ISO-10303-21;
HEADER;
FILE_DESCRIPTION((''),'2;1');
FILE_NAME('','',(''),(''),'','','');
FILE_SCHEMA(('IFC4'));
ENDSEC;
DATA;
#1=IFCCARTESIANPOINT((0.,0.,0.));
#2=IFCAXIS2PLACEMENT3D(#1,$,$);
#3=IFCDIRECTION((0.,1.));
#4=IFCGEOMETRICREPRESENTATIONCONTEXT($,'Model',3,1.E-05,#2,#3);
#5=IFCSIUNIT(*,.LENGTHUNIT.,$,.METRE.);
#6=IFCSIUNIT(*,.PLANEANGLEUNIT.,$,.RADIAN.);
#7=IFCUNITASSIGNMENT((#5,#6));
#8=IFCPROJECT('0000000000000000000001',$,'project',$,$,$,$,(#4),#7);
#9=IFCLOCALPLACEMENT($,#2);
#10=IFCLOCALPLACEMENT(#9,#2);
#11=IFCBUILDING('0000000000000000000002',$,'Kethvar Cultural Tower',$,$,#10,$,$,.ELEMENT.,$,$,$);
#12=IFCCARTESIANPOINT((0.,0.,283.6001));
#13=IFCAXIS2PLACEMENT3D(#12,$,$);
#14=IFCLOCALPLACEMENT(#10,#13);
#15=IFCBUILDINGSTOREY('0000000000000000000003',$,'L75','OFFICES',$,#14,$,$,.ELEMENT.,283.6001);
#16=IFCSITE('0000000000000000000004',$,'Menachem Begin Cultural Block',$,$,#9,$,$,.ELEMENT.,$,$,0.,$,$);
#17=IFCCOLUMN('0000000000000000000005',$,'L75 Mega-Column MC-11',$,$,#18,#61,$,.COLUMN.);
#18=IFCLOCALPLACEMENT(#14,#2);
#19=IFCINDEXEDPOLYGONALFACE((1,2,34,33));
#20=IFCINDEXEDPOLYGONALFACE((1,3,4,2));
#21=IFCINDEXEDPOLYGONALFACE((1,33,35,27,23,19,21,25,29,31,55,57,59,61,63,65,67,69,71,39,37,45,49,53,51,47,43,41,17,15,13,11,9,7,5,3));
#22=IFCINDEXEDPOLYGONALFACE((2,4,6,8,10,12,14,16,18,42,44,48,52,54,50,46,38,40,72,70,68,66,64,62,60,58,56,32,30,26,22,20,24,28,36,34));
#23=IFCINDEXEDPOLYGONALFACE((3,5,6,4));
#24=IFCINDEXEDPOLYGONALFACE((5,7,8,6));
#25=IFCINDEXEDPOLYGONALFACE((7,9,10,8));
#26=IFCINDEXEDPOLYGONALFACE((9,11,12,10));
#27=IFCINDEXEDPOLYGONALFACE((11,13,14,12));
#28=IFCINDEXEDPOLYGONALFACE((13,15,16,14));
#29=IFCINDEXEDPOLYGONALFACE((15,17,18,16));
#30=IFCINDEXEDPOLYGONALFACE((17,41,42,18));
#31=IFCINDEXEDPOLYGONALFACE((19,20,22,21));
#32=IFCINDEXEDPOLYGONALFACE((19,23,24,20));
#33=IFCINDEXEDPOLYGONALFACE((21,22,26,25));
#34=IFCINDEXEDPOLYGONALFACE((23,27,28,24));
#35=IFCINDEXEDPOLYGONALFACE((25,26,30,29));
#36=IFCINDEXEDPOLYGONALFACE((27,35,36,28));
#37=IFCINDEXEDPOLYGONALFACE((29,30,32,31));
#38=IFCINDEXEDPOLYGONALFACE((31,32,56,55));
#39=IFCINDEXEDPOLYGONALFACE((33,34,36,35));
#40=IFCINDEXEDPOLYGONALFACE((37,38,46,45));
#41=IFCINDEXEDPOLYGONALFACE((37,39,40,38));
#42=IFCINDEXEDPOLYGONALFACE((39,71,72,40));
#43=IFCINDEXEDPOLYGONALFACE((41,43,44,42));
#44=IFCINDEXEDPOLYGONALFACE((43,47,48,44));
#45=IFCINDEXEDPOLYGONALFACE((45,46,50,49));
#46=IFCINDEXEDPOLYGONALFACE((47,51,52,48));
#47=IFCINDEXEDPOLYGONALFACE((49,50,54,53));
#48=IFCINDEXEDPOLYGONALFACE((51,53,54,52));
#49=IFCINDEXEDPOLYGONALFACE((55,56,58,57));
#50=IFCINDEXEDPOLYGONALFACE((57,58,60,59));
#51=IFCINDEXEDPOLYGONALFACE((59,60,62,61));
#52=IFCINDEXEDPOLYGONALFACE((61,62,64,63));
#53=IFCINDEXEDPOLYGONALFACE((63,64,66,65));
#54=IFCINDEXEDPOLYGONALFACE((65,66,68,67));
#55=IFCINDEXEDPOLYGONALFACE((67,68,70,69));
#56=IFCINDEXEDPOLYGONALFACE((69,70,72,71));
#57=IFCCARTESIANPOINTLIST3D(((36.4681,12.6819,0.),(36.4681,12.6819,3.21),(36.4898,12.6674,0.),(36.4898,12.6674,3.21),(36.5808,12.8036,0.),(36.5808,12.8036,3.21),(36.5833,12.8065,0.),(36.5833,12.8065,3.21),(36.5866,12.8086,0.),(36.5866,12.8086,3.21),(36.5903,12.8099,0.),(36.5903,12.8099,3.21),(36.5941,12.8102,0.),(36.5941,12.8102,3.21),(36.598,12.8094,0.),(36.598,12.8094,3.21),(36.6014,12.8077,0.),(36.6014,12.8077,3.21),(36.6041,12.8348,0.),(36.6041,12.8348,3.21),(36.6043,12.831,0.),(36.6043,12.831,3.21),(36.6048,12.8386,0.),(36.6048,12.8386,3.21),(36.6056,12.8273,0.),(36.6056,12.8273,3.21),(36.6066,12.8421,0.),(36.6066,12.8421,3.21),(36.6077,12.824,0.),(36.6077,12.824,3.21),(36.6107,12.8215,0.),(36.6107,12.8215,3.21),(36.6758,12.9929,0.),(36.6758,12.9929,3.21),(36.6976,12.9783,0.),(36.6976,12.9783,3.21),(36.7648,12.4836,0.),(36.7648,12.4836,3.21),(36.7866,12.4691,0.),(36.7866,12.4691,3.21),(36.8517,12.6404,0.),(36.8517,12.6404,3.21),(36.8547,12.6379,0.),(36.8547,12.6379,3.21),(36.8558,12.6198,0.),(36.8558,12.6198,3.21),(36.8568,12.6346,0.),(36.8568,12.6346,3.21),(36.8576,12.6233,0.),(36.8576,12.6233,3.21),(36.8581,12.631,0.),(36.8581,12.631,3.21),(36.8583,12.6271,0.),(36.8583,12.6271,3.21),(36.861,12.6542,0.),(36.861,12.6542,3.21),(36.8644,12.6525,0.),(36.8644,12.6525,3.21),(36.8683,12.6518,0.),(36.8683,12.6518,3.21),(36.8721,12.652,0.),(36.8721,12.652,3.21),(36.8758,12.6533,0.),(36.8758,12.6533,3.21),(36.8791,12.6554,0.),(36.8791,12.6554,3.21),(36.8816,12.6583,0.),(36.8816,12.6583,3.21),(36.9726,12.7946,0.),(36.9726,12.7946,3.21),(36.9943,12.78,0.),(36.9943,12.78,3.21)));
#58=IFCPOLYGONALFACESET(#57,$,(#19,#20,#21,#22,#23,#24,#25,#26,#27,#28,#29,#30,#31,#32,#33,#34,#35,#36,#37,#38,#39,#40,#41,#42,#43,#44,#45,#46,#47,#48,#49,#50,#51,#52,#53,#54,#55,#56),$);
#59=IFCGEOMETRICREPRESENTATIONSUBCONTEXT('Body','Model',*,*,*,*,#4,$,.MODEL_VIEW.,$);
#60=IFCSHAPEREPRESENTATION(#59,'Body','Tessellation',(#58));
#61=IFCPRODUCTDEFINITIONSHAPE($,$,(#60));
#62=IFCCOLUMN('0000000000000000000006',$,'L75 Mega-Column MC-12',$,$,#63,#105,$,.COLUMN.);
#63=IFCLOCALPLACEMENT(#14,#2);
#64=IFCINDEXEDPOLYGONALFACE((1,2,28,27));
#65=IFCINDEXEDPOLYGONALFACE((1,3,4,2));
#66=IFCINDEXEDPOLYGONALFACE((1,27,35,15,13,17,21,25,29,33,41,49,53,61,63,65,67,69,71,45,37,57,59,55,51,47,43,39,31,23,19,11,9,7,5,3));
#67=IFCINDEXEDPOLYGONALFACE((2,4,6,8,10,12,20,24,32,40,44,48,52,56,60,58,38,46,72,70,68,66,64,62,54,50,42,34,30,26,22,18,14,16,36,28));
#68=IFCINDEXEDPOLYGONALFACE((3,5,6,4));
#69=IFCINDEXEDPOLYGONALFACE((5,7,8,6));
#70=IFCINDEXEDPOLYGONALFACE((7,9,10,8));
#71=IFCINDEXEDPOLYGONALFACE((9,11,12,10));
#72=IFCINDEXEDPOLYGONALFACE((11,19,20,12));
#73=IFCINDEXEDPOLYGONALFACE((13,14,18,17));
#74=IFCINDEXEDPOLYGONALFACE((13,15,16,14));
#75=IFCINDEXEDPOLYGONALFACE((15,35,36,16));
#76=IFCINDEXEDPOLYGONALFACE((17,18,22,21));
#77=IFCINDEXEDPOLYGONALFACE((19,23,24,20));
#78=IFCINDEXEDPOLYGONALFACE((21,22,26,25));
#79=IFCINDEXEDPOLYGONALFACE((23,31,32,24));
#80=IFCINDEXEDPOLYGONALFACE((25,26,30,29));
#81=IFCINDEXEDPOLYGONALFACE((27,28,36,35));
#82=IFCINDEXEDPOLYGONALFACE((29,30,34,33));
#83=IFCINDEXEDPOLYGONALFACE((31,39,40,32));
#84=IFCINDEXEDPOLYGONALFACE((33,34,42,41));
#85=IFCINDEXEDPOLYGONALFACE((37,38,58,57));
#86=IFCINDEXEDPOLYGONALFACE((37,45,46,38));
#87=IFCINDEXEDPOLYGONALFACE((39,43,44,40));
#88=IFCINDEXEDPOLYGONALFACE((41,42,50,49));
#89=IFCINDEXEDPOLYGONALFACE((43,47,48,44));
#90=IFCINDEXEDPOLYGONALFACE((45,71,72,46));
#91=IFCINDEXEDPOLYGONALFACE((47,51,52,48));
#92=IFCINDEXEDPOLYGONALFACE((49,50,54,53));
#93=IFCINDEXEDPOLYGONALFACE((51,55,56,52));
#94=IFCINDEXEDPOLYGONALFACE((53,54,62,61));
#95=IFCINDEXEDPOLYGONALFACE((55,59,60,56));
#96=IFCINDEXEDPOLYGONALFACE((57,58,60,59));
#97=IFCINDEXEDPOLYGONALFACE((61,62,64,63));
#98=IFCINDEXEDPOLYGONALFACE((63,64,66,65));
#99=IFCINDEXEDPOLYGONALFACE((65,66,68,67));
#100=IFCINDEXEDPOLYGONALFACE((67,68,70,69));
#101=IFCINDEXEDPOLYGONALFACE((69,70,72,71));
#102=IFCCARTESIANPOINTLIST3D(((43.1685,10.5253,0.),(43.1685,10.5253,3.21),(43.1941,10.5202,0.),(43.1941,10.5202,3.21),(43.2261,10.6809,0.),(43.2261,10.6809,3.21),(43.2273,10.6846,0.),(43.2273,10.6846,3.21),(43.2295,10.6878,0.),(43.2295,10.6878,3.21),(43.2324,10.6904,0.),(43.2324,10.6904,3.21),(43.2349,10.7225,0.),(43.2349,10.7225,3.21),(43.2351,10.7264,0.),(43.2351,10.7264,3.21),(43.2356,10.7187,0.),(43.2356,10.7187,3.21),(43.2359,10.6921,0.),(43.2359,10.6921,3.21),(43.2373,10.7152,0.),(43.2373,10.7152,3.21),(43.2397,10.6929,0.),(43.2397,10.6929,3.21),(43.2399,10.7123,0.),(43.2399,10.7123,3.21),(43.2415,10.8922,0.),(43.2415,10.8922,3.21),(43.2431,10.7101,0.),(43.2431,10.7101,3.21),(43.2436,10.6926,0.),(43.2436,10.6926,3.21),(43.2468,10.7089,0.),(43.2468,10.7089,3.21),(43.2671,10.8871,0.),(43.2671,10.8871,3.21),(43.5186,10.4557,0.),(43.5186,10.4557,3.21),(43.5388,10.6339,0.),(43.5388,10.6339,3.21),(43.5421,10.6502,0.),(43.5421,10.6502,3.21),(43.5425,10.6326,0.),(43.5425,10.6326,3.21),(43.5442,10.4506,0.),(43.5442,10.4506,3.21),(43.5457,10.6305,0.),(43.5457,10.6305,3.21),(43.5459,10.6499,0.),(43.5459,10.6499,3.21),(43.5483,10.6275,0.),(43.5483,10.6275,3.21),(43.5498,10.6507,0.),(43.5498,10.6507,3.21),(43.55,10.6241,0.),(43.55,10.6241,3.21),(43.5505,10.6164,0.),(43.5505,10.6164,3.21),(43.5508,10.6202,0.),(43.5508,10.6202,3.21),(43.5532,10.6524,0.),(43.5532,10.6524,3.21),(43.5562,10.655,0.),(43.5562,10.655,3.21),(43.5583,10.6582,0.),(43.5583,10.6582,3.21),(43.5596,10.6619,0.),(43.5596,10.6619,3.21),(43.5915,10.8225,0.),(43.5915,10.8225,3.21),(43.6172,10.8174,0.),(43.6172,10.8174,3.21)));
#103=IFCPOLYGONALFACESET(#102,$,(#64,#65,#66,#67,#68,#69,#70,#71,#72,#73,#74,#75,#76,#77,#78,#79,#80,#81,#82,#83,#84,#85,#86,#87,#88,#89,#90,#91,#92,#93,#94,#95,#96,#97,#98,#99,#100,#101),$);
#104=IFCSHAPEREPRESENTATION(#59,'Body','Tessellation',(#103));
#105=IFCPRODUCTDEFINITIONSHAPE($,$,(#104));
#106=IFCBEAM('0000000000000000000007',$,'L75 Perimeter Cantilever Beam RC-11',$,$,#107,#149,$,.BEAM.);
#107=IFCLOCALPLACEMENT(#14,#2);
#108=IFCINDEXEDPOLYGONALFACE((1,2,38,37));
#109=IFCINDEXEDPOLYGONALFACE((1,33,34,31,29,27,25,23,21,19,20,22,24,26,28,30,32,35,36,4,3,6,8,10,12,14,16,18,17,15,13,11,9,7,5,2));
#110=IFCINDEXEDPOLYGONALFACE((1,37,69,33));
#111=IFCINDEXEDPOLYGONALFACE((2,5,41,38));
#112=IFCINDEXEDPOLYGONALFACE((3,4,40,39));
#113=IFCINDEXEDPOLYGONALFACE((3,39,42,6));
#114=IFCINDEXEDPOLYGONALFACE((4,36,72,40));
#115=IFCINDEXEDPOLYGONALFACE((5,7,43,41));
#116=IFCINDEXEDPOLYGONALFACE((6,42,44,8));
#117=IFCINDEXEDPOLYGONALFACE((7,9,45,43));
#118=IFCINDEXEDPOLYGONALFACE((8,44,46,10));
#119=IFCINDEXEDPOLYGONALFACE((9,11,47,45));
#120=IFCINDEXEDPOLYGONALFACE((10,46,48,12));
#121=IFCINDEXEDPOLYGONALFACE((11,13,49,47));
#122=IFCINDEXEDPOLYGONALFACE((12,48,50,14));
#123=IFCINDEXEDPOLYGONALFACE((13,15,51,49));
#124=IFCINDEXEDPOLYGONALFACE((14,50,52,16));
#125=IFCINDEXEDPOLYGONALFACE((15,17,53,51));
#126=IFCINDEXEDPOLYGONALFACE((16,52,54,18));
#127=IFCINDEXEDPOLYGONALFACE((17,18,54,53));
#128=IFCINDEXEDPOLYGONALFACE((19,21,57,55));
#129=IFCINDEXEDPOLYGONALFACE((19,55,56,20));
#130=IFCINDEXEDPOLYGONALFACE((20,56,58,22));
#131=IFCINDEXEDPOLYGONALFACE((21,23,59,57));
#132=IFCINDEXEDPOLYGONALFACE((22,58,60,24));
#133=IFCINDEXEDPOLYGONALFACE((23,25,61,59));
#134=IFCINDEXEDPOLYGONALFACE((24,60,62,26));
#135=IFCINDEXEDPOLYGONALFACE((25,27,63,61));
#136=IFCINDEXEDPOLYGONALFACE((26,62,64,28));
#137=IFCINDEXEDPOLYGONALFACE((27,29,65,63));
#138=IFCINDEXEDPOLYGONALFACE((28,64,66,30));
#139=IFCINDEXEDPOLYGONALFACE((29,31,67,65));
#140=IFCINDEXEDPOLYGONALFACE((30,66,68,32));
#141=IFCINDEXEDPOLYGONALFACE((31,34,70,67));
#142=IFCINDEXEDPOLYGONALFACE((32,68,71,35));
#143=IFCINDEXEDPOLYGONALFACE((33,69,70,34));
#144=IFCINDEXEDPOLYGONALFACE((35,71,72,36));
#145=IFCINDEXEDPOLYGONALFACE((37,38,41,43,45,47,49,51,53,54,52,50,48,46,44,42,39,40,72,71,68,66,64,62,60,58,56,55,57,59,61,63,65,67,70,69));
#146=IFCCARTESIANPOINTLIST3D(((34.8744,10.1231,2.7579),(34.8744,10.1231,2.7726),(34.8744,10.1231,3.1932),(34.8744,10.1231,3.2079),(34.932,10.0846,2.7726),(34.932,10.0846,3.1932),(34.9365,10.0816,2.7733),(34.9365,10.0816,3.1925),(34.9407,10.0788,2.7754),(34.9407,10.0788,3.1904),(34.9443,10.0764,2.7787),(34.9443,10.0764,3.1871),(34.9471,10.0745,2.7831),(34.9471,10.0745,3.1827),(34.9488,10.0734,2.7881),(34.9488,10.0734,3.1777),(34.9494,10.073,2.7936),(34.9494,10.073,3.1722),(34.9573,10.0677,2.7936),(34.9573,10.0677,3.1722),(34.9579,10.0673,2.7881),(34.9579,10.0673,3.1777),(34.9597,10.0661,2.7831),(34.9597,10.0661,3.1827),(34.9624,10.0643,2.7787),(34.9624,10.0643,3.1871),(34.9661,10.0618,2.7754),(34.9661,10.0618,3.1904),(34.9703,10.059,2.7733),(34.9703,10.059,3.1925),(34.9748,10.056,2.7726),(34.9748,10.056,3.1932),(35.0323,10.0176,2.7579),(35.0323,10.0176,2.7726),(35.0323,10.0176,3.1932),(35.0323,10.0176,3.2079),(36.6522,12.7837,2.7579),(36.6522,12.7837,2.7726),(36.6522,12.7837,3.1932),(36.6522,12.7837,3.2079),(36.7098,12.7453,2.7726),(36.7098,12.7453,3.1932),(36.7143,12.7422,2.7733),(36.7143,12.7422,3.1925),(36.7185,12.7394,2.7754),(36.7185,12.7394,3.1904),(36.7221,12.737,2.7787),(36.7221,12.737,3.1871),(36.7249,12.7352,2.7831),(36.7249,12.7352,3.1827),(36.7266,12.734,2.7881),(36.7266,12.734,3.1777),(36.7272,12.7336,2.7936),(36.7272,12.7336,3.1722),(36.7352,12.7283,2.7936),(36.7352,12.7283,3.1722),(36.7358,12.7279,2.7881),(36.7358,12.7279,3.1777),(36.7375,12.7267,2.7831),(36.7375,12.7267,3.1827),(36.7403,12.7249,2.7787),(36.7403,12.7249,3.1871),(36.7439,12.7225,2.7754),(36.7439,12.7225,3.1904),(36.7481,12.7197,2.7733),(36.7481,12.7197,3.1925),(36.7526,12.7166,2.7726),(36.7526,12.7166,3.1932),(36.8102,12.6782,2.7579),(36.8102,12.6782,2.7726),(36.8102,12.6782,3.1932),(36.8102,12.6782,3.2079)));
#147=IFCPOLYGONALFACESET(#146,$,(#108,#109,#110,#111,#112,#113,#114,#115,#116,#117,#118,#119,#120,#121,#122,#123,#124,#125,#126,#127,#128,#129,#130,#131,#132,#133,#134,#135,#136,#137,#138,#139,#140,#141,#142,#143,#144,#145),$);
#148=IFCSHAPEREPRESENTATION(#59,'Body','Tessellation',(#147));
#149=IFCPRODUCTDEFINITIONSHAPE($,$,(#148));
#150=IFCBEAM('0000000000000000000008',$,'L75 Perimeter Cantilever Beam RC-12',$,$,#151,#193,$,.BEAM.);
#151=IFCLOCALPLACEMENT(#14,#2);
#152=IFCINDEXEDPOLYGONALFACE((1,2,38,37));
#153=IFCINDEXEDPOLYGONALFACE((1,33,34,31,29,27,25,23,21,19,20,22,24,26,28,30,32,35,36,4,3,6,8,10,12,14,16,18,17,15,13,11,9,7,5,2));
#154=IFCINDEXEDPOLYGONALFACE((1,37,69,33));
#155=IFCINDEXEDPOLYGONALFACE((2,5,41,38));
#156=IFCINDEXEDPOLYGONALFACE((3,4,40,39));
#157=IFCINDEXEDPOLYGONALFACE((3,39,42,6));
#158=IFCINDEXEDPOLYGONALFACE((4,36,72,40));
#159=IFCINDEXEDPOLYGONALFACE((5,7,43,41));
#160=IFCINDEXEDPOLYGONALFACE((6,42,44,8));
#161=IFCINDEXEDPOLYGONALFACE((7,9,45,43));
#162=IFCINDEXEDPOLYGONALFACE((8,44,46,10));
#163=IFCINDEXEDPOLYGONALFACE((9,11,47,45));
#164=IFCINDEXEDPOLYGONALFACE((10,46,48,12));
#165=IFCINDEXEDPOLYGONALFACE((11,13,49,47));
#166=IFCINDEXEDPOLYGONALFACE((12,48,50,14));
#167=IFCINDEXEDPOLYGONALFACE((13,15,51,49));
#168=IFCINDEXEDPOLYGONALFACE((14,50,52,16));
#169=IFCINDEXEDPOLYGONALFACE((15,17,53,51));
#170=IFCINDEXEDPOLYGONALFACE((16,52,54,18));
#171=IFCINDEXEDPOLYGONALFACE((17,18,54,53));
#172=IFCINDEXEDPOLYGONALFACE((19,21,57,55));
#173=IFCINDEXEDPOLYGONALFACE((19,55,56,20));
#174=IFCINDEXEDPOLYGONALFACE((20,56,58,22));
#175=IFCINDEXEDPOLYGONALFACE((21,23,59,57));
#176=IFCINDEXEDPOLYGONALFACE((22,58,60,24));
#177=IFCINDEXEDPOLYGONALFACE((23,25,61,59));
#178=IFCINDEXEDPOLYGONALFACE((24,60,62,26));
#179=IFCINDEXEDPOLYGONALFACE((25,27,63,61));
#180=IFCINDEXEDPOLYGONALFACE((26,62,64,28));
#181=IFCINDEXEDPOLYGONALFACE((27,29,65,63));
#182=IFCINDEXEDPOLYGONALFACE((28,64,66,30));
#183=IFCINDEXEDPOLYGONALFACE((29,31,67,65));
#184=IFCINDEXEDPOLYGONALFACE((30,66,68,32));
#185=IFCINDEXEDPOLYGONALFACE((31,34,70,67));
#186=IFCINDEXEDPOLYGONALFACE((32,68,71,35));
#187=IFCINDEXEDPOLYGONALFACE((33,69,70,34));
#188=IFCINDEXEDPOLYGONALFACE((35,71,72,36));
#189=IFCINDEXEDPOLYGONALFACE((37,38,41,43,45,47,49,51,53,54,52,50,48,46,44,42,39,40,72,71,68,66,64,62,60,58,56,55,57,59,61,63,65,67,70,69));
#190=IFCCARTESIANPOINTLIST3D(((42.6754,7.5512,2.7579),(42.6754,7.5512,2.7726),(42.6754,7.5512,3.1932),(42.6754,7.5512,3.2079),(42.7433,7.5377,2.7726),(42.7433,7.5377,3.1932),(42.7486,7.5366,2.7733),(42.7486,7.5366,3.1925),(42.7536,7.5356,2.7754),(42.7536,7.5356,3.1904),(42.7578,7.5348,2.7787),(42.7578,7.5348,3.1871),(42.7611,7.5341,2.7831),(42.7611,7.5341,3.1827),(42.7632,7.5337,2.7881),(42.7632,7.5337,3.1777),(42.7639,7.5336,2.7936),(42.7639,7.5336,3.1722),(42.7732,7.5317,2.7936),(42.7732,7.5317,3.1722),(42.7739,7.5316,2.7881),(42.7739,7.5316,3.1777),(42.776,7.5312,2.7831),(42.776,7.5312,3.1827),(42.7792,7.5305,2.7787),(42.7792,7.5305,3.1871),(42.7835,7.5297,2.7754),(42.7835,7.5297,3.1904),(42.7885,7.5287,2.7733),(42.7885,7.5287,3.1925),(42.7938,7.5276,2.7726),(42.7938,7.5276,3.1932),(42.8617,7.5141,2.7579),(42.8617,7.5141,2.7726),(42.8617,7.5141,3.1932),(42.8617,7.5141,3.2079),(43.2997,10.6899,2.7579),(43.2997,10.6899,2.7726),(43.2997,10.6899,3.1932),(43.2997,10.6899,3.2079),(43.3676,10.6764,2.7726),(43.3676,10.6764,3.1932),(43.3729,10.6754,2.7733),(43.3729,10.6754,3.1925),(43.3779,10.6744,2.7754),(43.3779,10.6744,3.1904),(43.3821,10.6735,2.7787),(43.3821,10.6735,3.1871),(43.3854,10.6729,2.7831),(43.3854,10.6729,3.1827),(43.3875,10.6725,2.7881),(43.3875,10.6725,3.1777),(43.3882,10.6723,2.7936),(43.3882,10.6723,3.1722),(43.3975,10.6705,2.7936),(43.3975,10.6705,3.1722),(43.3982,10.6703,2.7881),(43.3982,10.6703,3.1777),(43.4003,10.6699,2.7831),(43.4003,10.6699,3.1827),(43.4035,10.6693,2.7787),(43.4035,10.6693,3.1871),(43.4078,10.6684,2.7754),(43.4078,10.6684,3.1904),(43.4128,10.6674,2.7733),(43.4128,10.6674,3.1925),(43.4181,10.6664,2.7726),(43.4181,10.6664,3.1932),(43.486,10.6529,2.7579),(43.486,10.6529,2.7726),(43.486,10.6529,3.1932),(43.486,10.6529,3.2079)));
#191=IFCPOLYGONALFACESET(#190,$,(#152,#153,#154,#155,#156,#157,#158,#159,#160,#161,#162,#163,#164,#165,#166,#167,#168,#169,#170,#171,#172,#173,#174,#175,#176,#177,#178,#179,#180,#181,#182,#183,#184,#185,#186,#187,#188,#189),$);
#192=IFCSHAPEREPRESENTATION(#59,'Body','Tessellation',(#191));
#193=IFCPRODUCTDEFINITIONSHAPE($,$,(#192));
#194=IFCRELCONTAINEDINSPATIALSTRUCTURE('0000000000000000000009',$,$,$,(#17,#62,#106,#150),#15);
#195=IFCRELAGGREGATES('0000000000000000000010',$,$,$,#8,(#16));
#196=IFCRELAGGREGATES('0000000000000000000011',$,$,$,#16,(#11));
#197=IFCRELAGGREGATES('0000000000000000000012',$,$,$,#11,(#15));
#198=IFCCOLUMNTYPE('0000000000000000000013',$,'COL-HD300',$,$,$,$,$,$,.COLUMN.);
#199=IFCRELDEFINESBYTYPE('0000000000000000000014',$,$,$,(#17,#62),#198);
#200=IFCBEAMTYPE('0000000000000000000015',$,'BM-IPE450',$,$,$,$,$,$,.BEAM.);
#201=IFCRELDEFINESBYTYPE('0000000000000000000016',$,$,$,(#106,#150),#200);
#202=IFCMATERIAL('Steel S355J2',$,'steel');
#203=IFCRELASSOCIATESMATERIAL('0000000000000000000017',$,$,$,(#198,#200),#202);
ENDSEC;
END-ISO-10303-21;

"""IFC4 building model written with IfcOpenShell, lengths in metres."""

from ifc_helpers import new_model, si_unit, direction, frame, origin, origin_2d, place, context, subcontext, project, spatial, i_section, extrude, source, transform, mapped, material, material_profile, profile_set, type_object, element, save


model = new_model("IFC4")

# Units and contexts
model_context = context("Model", 3, precision=1e-05, world=origin(), true_north=direction((0.0, 1.0)))
body_context = subcontext(model_context, "Body", "Model", "MODEL_VIEW")
ifc_project = project(units=[si_unit("LENGTHUNIT", "METRE"), si_unit("PLANEANGLEUNIT", "RADIAN")], contexts=[model_context])

# Site, building, storey
site_placement = place(None, origin())
site = spatial("IfcSite", under=ifc_project, at=site_placement, Name="Menachem Begin Cultural Block", CompositionType="ELEMENT", RefElevation=0.0)
building_placement = place(site_placement, origin())
building = spatial("IfcBuilding", under=site, at=building_placement, Name="Kethvar Cultural Tower", CompositionType="ELEMENT")
storey_placement = place(building_placement, frame((0.0, 0.0, 283.6001)))
storey = spatial("IfcBuildingStorey", under=building, at=storey_placement, Name="L75", Description="OFFICES", CompositionType="ELEMENT", Elevation=283.6001)

# Columns
ifc_material_1 = material(Name="Steel S355J2", Category="steel")
ifc_material_profile_1 = material_profile(ifc_material_1, i_section(OverallWidth=0.374, OverallDepth=0.3831, WebThickness=0.0166, FlangeThickness=0.0261, FilletRadius=0.0149, at=origin_2d()), Name="Steel S355J2 — HD360x300")
ifc_profile_set_1 = profile_set([ifc_material_profile_1], Name="Steel S355J2 — HD360x300")
column_type = type_object("IfcColumnType", Name="COL-HD300", PredefinedType="COLUMN", material=ifc_profile_set_1)
shared_shape_1 = source(origin(), body_context, "Body", "SweptSolid", [
    extrude(i_section(OverallWidth=0.374, OverallDepth=0.3831, WebThickness=0.0166, FlangeThickness=0.0261, FilletRadius=0.0149, at=origin_2d()), origin(), (0.0, 0.0, 1.0), 3.21),
])
for number, where, z_axis, x_axis, name in (
    (1, (36.7312, 12.731, 0.0), (0.0, 0.0, 1.0), (-0.55557, -0.83147, 0.0), "L75 Mega-Column MC-11"),
    (2, (43.3928, 10.6714, 0.0), (0.0, 0.0, 1.0), (-0.19509, -0.980785, 0.0), "L75 Mega-Column MC-12"),
):
    element("IfcColumn", number, at=place(storey_placement, frame(where, z_axis=z_axis, x_axis=x_axis)), inside=storey, type_object=column_type, Name=name, PredefinedType="COLUMN", context=body_context, shape_type="MappedRepresentation", body=[
        mapped(shared_shape_1, transform((0.0, 0.0, 0.0), scale=1.0)),
    ])

# Beams
ifc_material_profile_2 = material_profile(ifc_material_1, i_section(OverallWidth=0.1899, OverallDepth=0.45, WebThickness=0.0095, FlangeThickness=0.0146, FilletRadius=0.021, at=origin_2d()), Name="Steel S355J2 — IPE450")
ifc_profile_set_2 = profile_set([ifc_material_profile_2], Name="Steel S355J2 — IPE450")
beam_type_1 = type_object("IfcBeamType", Name="BM-IPE450", PredefinedType="BEAM", material=ifc_profile_set_2)
shared_shape_2 = source(origin(), body_context, "Body", "SweptSolid", [
    extrude(i_section(OverallWidth=0.1899, OverallDepth=0.45, WebThickness=0.0095, FlangeThickness=0.0146, FilletRadius=0.021, at=origin_2d()), origin(), (0.0, 0.0, 1.0), 3.2),
])
beam_1_placement = place(storey_placement, frame((36.7312, 12.731, 2.9829), z_axis=(-0.55558, -0.831463, 0.0), x_axis=(0.831463, -0.55558, 0.0)))
element("IfcBeam", 3, at=beam_1_placement, inside=storey, type_object=beam_type_1, Name="L75 Perimeter Cantilever Beam RC-11", PredefinedType="BEAM", context=body_context, shape_type="MappedRepresentation", body=[
    mapped(shared_shape_2, transform((0.0, 0.0, 0.0), scale=1.0)),
])
shared_shape_3 = source(origin(), body_context, "Body", "SweptSolid", [
    extrude(i_section(OverallWidth=0.1899, OverallDepth=0.45, WebThickness=0.0095, FlangeThickness=0.0146, FilletRadius=0.021, at=origin_2d()), origin(), (0.0, 0.0, 1.0), 3.2002),
])
beam_2_placement = place(storey_placement, frame((43.3928, 10.6714, 2.9829), z_axis=(-0.195074, -0.980788, 0.0), x_axis=(0.980788, -0.195074, 0.0)))
element("IfcBeam", 4, at=beam_2_placement, inside=storey, type_object=beam_type_1, Name="L75 Perimeter Cantilever Beam RC-12", PredefinedType="BEAM", context=body_context, shape_type="MappedRepresentation", body=[
    mapped(shared_shape_3, transform((0.0, 0.0, 0.0), scale=1.0)),
])

save(model, "model.ifc")
